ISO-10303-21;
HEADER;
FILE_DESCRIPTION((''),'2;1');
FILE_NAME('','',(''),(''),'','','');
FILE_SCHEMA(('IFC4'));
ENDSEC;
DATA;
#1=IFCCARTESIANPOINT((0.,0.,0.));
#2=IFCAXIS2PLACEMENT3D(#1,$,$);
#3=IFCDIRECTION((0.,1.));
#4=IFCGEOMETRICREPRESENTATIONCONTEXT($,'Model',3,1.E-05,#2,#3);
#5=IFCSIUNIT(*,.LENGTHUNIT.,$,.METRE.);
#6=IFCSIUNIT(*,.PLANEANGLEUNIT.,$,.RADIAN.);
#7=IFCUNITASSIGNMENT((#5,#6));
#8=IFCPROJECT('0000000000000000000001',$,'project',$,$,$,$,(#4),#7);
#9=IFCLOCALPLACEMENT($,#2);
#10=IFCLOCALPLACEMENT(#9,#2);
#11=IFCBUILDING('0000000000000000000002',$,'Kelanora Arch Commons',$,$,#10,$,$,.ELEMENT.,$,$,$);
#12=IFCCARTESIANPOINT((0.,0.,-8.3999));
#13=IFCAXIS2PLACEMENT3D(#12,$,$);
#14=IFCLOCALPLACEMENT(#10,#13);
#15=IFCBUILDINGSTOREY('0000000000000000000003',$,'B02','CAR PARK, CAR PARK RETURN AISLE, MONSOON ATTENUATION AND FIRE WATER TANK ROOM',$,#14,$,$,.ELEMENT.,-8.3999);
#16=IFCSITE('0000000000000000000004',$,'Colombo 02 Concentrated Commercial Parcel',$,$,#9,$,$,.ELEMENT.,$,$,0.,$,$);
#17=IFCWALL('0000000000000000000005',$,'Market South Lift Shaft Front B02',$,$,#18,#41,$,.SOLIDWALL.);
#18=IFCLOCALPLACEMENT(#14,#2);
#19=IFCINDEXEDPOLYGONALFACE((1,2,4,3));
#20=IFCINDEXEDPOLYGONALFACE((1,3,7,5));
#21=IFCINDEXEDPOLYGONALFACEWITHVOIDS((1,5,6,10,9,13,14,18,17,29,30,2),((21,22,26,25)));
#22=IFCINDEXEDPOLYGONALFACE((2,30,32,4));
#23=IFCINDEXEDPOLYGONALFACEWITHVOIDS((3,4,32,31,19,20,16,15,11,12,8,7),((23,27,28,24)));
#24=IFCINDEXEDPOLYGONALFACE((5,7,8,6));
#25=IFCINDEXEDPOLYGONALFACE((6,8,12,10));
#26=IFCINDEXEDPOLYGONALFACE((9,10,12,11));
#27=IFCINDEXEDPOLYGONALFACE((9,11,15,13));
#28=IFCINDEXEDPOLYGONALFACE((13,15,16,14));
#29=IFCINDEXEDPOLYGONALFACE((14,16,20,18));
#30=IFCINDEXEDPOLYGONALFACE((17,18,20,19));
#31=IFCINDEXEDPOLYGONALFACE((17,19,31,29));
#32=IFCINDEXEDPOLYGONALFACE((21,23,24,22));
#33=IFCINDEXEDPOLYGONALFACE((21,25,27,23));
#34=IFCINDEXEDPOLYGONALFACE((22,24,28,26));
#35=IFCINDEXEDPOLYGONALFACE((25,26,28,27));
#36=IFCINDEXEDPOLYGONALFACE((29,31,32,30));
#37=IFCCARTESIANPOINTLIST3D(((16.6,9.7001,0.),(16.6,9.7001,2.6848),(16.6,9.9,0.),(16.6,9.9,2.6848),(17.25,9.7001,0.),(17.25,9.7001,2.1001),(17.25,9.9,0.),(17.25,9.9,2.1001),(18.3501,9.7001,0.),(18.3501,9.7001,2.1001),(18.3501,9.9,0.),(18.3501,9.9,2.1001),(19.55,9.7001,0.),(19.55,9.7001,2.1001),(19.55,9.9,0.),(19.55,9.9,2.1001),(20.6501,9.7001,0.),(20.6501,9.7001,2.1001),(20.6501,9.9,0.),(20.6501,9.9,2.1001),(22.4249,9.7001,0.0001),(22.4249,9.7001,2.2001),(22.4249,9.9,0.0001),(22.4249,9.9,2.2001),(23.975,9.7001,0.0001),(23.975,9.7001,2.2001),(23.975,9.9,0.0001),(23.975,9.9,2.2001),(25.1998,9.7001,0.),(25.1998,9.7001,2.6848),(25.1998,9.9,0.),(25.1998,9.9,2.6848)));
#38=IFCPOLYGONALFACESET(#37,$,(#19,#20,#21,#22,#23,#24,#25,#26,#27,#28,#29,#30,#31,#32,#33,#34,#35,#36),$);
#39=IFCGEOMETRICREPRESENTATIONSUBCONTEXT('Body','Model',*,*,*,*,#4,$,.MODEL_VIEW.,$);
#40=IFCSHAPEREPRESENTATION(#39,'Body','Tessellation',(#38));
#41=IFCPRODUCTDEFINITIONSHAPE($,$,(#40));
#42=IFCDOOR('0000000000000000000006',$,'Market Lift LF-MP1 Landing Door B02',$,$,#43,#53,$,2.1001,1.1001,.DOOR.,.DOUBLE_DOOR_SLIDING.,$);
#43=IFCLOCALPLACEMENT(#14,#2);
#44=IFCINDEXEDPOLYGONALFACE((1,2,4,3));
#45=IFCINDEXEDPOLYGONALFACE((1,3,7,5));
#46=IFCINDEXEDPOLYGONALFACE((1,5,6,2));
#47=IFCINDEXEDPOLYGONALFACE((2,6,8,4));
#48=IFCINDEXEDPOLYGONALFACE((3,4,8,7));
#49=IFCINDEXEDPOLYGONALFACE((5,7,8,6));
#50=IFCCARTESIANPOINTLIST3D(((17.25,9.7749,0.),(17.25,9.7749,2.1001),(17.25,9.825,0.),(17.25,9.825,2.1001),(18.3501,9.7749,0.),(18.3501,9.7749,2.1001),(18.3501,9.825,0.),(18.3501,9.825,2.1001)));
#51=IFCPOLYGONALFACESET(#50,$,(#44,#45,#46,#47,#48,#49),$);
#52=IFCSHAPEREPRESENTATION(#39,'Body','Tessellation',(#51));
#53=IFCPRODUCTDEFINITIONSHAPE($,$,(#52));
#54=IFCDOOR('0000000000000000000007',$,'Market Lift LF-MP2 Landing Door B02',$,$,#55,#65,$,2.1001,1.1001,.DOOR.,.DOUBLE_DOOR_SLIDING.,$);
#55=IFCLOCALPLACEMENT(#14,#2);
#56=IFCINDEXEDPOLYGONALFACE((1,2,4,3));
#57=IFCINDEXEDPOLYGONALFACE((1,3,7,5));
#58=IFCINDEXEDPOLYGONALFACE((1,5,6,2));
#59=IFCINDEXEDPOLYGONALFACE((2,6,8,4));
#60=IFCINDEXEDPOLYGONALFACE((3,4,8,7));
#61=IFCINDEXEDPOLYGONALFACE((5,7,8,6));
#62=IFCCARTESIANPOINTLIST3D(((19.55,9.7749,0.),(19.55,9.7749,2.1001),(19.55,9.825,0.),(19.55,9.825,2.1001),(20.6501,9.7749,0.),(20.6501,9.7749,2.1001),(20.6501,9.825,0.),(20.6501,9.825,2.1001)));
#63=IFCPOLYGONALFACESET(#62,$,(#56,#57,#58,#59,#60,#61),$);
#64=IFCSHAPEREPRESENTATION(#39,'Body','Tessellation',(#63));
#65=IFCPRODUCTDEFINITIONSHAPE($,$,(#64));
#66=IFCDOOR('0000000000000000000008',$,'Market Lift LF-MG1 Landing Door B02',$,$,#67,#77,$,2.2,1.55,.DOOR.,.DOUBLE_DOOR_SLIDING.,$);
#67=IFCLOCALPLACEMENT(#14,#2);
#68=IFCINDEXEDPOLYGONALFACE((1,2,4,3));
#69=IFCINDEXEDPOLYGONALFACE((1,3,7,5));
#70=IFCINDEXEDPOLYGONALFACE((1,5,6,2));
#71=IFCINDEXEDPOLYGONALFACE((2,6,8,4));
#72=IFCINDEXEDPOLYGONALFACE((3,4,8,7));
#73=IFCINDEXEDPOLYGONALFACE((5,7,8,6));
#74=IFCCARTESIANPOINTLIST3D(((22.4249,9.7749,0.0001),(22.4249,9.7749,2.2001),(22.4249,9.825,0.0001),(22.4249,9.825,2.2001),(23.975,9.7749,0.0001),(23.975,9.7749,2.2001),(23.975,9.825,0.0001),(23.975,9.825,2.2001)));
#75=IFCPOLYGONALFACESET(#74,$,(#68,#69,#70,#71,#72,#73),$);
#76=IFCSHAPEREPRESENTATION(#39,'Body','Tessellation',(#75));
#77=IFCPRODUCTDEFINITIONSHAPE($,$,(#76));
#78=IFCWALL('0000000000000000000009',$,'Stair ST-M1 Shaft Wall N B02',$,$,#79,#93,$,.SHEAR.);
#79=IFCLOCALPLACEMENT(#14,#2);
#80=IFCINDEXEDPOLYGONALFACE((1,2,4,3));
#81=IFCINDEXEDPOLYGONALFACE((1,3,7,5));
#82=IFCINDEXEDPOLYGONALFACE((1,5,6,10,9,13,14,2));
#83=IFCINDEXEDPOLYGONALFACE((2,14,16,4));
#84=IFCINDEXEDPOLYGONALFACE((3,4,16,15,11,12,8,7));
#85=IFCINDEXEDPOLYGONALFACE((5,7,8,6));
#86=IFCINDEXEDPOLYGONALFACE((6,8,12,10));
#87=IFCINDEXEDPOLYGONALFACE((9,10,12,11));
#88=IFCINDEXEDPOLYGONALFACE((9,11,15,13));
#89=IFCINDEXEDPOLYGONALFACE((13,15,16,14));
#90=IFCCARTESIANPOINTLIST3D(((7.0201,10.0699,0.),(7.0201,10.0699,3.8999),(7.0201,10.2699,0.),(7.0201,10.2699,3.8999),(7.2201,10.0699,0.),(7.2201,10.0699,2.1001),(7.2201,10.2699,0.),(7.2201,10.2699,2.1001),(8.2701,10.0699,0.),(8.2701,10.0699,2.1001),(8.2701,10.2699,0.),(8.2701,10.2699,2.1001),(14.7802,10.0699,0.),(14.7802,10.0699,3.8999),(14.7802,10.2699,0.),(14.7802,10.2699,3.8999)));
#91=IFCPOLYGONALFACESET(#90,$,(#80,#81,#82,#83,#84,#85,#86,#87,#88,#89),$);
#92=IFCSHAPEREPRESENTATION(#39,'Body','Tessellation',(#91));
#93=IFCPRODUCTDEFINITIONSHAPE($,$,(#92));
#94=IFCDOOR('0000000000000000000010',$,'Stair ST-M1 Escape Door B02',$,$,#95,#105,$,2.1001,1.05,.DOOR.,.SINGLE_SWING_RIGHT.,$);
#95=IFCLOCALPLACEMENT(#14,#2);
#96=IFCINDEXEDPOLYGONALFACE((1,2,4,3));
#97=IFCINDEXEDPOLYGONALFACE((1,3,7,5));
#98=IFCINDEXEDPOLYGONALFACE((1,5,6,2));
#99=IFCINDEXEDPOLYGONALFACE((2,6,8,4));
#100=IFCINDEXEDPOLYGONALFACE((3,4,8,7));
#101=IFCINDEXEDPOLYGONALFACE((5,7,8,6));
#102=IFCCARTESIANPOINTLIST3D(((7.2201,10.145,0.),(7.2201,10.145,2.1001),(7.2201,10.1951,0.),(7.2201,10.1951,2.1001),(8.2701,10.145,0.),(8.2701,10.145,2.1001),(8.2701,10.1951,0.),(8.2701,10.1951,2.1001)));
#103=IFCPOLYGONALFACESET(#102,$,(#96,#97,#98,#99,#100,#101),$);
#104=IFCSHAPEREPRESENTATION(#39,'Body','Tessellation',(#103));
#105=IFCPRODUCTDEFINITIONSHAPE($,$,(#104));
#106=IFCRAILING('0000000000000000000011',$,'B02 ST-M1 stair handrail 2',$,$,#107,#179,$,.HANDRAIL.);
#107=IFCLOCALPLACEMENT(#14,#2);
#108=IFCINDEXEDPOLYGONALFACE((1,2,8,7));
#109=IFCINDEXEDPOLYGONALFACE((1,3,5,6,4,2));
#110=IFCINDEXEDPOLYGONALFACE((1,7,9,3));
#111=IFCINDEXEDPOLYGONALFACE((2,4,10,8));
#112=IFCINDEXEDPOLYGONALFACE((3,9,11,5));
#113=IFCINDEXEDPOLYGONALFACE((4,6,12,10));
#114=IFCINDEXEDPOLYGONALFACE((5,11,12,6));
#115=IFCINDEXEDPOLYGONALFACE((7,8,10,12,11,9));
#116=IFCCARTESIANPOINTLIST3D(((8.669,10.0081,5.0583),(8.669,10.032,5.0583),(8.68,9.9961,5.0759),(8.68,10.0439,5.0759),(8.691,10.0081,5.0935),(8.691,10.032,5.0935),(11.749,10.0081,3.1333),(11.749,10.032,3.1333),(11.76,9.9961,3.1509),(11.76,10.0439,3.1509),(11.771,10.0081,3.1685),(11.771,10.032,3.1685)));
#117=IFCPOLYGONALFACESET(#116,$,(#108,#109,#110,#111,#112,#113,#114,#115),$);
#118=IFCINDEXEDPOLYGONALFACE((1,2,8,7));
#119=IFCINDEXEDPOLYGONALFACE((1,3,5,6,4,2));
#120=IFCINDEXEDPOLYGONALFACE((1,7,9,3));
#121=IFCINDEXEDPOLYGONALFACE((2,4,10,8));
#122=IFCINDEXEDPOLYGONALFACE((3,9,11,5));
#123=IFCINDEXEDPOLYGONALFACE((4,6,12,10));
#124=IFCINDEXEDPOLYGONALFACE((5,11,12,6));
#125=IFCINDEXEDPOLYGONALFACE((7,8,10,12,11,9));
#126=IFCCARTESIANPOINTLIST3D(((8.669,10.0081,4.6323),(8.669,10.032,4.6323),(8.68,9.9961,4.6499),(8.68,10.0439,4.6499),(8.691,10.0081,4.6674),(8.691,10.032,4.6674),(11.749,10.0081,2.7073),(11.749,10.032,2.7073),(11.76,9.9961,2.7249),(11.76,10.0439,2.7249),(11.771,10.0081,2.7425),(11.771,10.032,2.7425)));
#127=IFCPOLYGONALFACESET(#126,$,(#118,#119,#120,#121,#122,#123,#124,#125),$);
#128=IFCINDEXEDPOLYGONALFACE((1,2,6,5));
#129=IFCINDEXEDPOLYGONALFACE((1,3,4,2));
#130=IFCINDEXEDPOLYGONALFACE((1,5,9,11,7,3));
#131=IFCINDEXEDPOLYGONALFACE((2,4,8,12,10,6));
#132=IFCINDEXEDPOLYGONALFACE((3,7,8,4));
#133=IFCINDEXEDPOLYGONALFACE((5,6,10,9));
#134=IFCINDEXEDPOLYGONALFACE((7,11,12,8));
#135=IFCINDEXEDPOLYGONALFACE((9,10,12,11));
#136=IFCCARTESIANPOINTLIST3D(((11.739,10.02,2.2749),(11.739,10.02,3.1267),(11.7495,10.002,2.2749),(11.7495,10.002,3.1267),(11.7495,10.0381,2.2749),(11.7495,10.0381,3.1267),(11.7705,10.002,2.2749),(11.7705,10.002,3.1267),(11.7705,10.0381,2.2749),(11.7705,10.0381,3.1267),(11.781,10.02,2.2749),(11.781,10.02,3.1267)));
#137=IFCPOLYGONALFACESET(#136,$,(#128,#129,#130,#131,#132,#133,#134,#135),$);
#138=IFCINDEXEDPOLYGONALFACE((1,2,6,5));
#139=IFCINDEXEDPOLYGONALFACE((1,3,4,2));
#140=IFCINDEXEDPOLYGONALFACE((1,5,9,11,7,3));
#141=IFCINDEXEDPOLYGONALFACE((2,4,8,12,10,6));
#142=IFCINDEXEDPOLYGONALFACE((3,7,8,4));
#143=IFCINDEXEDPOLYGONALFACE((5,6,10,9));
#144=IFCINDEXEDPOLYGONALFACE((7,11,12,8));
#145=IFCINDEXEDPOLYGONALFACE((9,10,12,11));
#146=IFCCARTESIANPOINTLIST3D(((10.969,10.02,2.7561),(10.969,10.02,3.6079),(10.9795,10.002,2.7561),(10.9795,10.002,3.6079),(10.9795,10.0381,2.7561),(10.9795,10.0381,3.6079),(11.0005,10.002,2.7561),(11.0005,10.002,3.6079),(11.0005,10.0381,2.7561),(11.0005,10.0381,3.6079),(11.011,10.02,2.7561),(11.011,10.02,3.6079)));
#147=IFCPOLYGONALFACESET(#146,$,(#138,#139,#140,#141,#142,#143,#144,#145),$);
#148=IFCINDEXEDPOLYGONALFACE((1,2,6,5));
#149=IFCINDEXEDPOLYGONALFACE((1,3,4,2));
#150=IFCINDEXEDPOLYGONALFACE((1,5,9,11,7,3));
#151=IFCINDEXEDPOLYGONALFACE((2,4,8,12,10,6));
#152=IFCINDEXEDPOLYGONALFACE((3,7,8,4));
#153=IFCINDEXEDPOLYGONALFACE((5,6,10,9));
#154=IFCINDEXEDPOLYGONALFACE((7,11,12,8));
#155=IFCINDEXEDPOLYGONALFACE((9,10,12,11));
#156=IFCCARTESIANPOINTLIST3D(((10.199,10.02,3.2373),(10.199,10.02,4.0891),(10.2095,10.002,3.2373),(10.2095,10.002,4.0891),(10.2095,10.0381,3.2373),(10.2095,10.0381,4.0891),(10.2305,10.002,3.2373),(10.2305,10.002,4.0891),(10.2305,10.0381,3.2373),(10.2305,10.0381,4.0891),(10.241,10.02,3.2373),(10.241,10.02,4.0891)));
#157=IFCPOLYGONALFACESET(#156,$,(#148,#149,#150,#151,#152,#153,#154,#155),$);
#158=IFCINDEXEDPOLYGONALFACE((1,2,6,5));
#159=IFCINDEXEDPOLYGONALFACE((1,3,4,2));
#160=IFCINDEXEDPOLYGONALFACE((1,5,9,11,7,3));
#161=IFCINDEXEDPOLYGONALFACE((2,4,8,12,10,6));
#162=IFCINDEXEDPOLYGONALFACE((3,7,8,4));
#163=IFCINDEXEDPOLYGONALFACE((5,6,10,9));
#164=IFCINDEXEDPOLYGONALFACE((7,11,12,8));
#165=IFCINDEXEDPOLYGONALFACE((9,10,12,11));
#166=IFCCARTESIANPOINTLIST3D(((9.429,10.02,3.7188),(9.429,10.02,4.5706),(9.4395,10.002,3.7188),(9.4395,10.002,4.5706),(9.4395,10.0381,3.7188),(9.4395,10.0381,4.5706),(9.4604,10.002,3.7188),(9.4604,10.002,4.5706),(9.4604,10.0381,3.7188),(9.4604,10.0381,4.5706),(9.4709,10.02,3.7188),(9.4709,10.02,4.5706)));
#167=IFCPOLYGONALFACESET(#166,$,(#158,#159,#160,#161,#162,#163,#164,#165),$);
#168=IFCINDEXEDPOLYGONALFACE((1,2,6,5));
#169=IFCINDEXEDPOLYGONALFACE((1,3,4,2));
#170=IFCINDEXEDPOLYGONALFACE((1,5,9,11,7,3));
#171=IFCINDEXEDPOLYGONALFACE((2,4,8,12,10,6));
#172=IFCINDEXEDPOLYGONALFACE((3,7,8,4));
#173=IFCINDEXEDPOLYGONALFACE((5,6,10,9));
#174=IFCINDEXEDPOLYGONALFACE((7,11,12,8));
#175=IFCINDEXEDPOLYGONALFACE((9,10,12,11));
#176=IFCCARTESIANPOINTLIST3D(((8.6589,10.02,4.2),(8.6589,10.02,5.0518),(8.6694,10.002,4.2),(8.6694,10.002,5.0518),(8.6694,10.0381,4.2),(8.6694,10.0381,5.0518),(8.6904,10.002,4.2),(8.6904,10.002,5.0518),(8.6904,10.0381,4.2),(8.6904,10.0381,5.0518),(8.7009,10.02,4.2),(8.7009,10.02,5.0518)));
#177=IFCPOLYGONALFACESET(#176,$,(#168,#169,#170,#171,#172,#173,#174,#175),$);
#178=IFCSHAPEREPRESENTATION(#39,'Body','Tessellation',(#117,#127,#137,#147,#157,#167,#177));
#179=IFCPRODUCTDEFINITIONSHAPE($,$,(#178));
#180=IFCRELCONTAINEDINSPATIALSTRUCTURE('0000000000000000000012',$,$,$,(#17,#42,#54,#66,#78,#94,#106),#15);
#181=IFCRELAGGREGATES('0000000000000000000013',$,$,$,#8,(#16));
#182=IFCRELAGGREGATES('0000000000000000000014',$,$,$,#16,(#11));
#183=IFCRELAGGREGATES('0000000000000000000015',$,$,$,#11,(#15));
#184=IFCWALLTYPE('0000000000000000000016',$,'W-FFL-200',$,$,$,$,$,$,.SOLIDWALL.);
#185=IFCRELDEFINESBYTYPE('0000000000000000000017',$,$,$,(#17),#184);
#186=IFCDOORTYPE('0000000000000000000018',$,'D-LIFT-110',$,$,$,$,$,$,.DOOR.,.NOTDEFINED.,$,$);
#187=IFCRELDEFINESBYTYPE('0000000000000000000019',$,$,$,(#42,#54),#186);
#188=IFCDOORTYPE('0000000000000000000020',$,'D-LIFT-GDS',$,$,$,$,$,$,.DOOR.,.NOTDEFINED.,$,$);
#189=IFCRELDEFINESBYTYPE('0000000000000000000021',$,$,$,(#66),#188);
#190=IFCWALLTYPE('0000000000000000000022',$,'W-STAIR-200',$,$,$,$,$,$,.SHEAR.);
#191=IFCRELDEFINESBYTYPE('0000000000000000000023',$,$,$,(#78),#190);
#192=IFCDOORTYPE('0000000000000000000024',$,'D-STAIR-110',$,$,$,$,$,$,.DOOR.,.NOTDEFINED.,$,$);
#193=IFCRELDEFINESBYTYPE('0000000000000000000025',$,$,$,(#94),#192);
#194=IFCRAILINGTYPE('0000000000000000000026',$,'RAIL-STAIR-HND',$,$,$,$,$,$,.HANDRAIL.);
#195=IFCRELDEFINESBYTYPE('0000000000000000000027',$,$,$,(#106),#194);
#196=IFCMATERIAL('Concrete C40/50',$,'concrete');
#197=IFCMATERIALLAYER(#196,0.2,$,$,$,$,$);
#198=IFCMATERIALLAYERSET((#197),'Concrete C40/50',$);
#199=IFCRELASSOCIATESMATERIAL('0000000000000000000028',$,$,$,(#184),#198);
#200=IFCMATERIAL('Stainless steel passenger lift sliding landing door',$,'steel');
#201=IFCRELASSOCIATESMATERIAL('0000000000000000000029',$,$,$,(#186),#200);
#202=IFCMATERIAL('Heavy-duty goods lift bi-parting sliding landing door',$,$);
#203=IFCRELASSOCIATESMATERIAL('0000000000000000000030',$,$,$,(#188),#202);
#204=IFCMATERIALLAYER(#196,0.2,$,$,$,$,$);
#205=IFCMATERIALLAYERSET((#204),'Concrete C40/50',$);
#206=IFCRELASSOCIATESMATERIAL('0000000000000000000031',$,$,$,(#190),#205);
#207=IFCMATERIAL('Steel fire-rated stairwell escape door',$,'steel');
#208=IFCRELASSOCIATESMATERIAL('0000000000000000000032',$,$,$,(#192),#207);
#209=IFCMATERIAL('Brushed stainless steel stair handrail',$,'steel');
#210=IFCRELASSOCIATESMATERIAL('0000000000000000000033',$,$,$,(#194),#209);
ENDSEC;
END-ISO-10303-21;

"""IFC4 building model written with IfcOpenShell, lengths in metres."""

from ifc_helpers import new_model, si_unit, direction, frame, frame_2d, origin, place, context, subcontext, project, spatial, polyline, rectangle, outline, extrude, material, layer, layer_set, type_object, element, fill, save


model = new_model("IFC4")

# Units and contexts
model_context = context("Model", 3, precision=1e-05, world=origin(), true_north=direction((0.0, 1.0)))
body_context = subcontext(model_context, "Body", "Model", "MODEL_VIEW")
ifc_project = project(units=[si_unit("LENGTHUNIT", "METRE"), si_unit("PLANEANGLEUNIT", "RADIAN")], contexts=[model_context])

# Site, building, storey
site_placement = place(None, origin())
site = spatial("IfcSite", under=ifc_project, at=site_placement, Name="Colombo 02 Concentrated Commercial Parcel", CompositionType="ELEMENT", RefElevation=0.0)
building_placement = place(site_placement, origin())
building = spatial("IfcBuilding", under=site, at=building_placement, Name="Kelanora Arch Commons", CompositionType="ELEMENT")
storey_placement = place(building_placement, frame((0.0, 0.0, -8.3999)))
storey = spatial("IfcBuildingStorey", under=building, at=storey_placement, Name="B02", Description="CAR PARK, CAR PARK RETURN AISLE, MONSOON ATTENUATION AND FIRE WATER TANK ROOM", CompositionType="ELEMENT", Elevation=-8.3999)

# Shared definitions
ifc_material_1 = material(Name="Concrete C40/50", Category="concrete")

# Wall, openings, doors
ifc_layer_1 = layer(ifc_material_1, 0.2)
ifc_layer_set_1 = layer_set([ifc_layer_1], Name="Concrete C40/50")
wall_type_1 = type_object("IfcWallType", Name="W-FFL-200", PredefinedType="SOLIDWALL", material=ifc_layer_set_1)
wall_1_placement = place(storey_placement, frame((16.6001, 9.8, 0.0), z_axis=(0.0, 0.0, 1.0), x_axis=(1.0, 0.0, 0.0)))
wall_1 = element("IfcWall", 1, at=wall_1_placement, inside=storey, type_object=wall_type_1, Name="Market South Lift Shaft Front B02", PredefinedType="SOLIDWALL", context=body_context, shape_type="SweptSolid", body=[
    extrude(rectangle(XDim=8.5999, YDim=0.2, at=frame_2d((4.2998, 0.0))), origin(), (0.0, 0.0, 1.0), 2.6848),
])
opening_1_placement = place(wall_1_placement, frame((0.6499, 0.0, 0.0)))
opening_1 = element("IfcOpeningElement", 2, at=opening_1_placement, cuts=wall_1, PredefinedType="OPENING", context=body_context, shape_type="SweptSolid", body=[
    extrude(rectangle(XDim=1.1001, YDim=2.1001, at=frame_2d((0.55, 1.05))), frame((0.0, 0.1099, 0.0), z_axis=(0.0, -1.0, 0.0), x_axis=(1.0, 0.0, 0.0)), (0.0, 0.0, 1.0), 0.22),
])
opening_2_placement = place(wall_1_placement, frame((2.95, 0.0, 0.0)))
opening_2 = element("IfcOpeningElement", 3, at=opening_2_placement, cuts=wall_1, PredefinedType="OPENING", context=body_context, shape_type="SweptSolid", body=[
    extrude(rectangle(XDim=1.1001, YDim=2.1001, at=frame_2d((0.55, 1.05))), frame((0.0, 0.1099, 0.0), z_axis=(0.0, -1.0, 0.0), x_axis=(1.0, 0.0, 0.0)), (0.0, 0.0, 1.0), 0.22),
])
opening_3_placement = place(wall_1_placement, frame((5.825, 0.0, 0.0)))
opening_3 = element("IfcOpeningElement", 4, at=opening_3_placement, cuts=wall_1, PredefinedType="OPENING", context=body_context, shape_type="SweptSolid", body=[
    extrude(rectangle(XDim=1.55, YDim=2.2, at=frame_2d((0.7749, 1.1001))), frame((0.0, 0.1099, 0.0), z_axis=(0.0, -1.0, 0.0), x_axis=(1.0, 0.0, 0.0)), (0.0, 0.0, 1.0), 0.22),
])
ifc_material_2 = material(Name="Stainless steel passenger lift sliding landing door", Category="steel")
door_type_1 = type_object("IfcDoorType", Name="D-LIFT-110", OperationType="NOTDEFINED", PredefinedType="DOOR", material=ifc_material_2)
door_1_placement = place(opening_1_placement, origin())
door_1 = element("IfcDoor", 5, at=door_1_placement, inside=storey, type_object=door_type_1, Name="Market Lift LF-MP1 Landing Door B02", OperationType="DOUBLE_DOOR_SLIDING", OverallHeight=2.1001, OverallWidth=1.1001, PredefinedType="DOOR", context=body_context, shape_type="SweptSolid", body=[
    extrude(rectangle(XDim=1.1001, YDim=2.1001, at=frame_2d((0.55, 1.05))), frame((0.0, 0.0249, 0.0), z_axis=(0.0, -1.0, 0.0), x_axis=(1.0, 0.0, 0.0)), (0.0, 0.0, 1.0), 0.05),
])
fill(opening_1, door_1)
door_2_placement = place(opening_2_placement, origin())
door_2 = element("IfcDoor", 6, at=door_2_placement, inside=storey, type_object=door_type_1, Name="Market Lift LF-MP2 Landing Door B02", OperationType="DOUBLE_DOOR_SLIDING", OverallHeight=2.1001, OverallWidth=1.1001, PredefinedType="DOOR", context=body_context, shape_type="SweptSolid", body=[
    extrude(rectangle(XDim=1.1001, YDim=2.1001, at=frame_2d((0.55, 1.05))), frame((0.0, 0.0249, 0.0), z_axis=(0.0, -1.0, 0.0), x_axis=(1.0, 0.0, 0.0)), (0.0, 0.0, 1.0), 0.05),
])
fill(opening_2, door_2)
ifc_material_3 = material(Name="Heavy-duty goods lift bi-parting sliding landing door")
door_type_2 = type_object("IfcDoorType", Name="D-LIFT-GDS", OperationType="NOTDEFINED", PredefinedType="DOOR", material=ifc_material_3)
door_3_placement = place(opening_3_placement, origin())
door_3 = element("IfcDoor", 7, at=door_3_placement, inside=storey, type_object=door_type_2, Name="Market Lift LF-MG1 Landing Door B02", OperationType="DOUBLE_DOOR_SLIDING", OverallHeight=2.2, OverallWidth=1.55, PredefinedType="DOOR", context=body_context, shape_type="SweptSolid", body=[
    extrude(rectangle(XDim=1.55, YDim=2.2, at=frame_2d((0.7749, 1.1001))), frame((0.0, 0.0249, 0.0), z_axis=(0.0, -1.0, 0.0), x_axis=(1.0, 0.0, 0.0)), (0.0, 0.0, 1.0), 0.05),
])
fill(opening_3, door_3)

# Wall, opening, door
ifc_layer_2 = layer(ifc_material_1, 0.2)
ifc_layer_set_2 = layer_set([ifc_layer_2], Name="Concrete C40/50")
wall_type_2 = type_object("IfcWallType", Name="W-STAIR-200", PredefinedType="SHEAR", material=ifc_layer_set_2)
wall_2_placement = place(storey_placement, frame((14.78, 10.1699, 0.0), z_axis=(0.0, 0.0, 1.0), x_axis=(-1.0, 0.0, 0.0)))
wall_2 = element("IfcWall", 8, at=wall_2_placement, inside=storey, type_object=wall_type_2, Name="Stair ST-M1 Shaft Wall N B02", PredefinedType="SHEAR", context=body_context, shape_type="SweptSolid", body=[
    extrude(rectangle(XDim=7.76, YDim=0.2, at=frame_2d((3.8799, 0.0))), origin(), (0.0, 0.0, 1.0), 3.8999),
])
opening_4_placement = place(wall_2_placement, frame((6.51, 0.0, 0.0)))
opening_4 = element("IfcOpeningElement", 9, at=opening_4_placement, cuts=wall_2, PredefinedType="OPENING", context=body_context, shape_type="SweptSolid", body=[
    extrude(rectangle(XDim=1.05, YDim=2.1001, at=frame_2d((0.5249, 1.05))), frame((0.0, 0.1099, 0.0), z_axis=(0.0, -1.0, 0.0), x_axis=(1.0, 0.0, 0.0)), (0.0, 0.0, 1.0), 0.22),
])
ifc_material_4 = material(Name="Steel fire-rated stairwell escape door", Category="steel")
door_type_3 = type_object("IfcDoorType", Name="D-STAIR-110", OperationType="NOTDEFINED", PredefinedType="DOOR", material=ifc_material_4)
door_4_placement = place(opening_4_placement, origin())
door_4 = element("IfcDoor", 10, at=door_4_placement, inside=storey, type_object=door_type_3, Name="Stair ST-M1 Escape Door B02", OperationType="SINGLE_SWING_RIGHT", OverallHeight=2.1001, OverallWidth=1.05, PredefinedType="DOOR", context=body_context, shape_type="SweptSolid", body=[
    extrude(rectangle(XDim=1.05, YDim=2.1001, at=frame_2d((0.5249, 1.05))), frame((0.0, 0.0249, 0.0), z_axis=(0.0, -1.0, 0.0), x_axis=(1.0, 0.0, 0.0)), (0.0, 0.0, 1.0), 0.05),
])
fill(opening_4, door_4)

# Railing
ifc_material_5 = material(Name="Brushed stainless steel stair handrail", Category="steel")
railing_type = type_object("IfcRailingType", Name="RAIL-STAIR-HND", PredefinedType="HANDRAIL", material=ifc_material_5)
railing_placement = place(storey_placement, frame((11.76, 10.02, 2.2749)))
element("IfcRailing", 11, at=railing_placement, inside=storey, type_object=railing_type, Name="B02 ST-M1 stair handrail 2", PredefinedType="HANDRAIL", context=body_context, shape_type="SweptSolid", body=[
    extrude(outline(polyline([(0.0239, 0.0), (0.012, 0.0208), (-0.012, 0.0208), (-0.0239, 0.0), (-0.012, -0.0208), (0.012, -0.0208), (0.0239, 0.0)])), frame((0.0, 0.0, 0.876), z_axis=(-0.847998, 0.0, 0.529999), x_axis=(0.0, -1.0, 0.0)), (0.0, 0.0, 1.0), 3.6321),
    extrude(outline(polyline([(0.0239, 0.0), (0.012, 0.0208), (-0.012, 0.0208), (-0.0239, 0.0), (-0.012, -0.0208), (0.012, -0.0208), (0.0239, 0.0)])), frame((0.0, 0.0, 0.45), z_axis=(-0.847998, 0.0, 0.529999), x_axis=(0.0, -1.0, 0.0)), (0.0, 0.0, 1.0), 3.6321),
    extrude(outline(polyline([(0.021, 0.0), (0.0105, 0.0181), (-0.0105, 0.0181), (-0.021, 0.0), (-0.0105, -0.0181), (0.0105, -0.0181), (0.021, 0.0)])), origin(), (0.0, 0.0, 1.0), 0.8518),
    extrude(outline(polyline([(0.021, 0.0), (0.0105, 0.0181), (-0.0105, 0.0181), (-0.021, 0.0), (-0.0105, -0.0181), (0.0105, -0.0181), (0.021, 0.0)])), frame((-0.77, 0.0, 0.4812)), (0.0, 0.0, 1.0), 0.8518),
    extrude(outline(polyline([(0.021, 0.0), (0.0105, 0.0181), (-0.0105, 0.0181), (-0.021, 0.0), (-0.0105, -0.0181), (0.0105, -0.0181), (0.021, 0.0)])), frame((-1.54, 0.0, 0.9624)), (0.0, 0.0, 1.0), 0.8518),
    extrude(outline(polyline([(0.021, 0.0), (0.0105, 0.0181), (-0.0105, 0.0181), (-0.021, 0.0), (-0.0105, -0.0181), (0.0105, -0.0181), (0.021, 0.0)])), frame((-2.3101, 0.0, 1.4438)), (0.0, 0.0, 1.0), 0.8518),
    extrude(outline(polyline([(0.021, 0.0), (0.0105, 0.0181), (-0.0105, 0.0181), (-0.021, 0.0), (-0.0105, -0.0181), (0.0105, -0.0181), (0.021, 0.0)])), frame((-3.0801, 0.0, 1.925)), (0.0, 0.0, 1.0), 0.8518),
])

save(model, "model.ifc")
